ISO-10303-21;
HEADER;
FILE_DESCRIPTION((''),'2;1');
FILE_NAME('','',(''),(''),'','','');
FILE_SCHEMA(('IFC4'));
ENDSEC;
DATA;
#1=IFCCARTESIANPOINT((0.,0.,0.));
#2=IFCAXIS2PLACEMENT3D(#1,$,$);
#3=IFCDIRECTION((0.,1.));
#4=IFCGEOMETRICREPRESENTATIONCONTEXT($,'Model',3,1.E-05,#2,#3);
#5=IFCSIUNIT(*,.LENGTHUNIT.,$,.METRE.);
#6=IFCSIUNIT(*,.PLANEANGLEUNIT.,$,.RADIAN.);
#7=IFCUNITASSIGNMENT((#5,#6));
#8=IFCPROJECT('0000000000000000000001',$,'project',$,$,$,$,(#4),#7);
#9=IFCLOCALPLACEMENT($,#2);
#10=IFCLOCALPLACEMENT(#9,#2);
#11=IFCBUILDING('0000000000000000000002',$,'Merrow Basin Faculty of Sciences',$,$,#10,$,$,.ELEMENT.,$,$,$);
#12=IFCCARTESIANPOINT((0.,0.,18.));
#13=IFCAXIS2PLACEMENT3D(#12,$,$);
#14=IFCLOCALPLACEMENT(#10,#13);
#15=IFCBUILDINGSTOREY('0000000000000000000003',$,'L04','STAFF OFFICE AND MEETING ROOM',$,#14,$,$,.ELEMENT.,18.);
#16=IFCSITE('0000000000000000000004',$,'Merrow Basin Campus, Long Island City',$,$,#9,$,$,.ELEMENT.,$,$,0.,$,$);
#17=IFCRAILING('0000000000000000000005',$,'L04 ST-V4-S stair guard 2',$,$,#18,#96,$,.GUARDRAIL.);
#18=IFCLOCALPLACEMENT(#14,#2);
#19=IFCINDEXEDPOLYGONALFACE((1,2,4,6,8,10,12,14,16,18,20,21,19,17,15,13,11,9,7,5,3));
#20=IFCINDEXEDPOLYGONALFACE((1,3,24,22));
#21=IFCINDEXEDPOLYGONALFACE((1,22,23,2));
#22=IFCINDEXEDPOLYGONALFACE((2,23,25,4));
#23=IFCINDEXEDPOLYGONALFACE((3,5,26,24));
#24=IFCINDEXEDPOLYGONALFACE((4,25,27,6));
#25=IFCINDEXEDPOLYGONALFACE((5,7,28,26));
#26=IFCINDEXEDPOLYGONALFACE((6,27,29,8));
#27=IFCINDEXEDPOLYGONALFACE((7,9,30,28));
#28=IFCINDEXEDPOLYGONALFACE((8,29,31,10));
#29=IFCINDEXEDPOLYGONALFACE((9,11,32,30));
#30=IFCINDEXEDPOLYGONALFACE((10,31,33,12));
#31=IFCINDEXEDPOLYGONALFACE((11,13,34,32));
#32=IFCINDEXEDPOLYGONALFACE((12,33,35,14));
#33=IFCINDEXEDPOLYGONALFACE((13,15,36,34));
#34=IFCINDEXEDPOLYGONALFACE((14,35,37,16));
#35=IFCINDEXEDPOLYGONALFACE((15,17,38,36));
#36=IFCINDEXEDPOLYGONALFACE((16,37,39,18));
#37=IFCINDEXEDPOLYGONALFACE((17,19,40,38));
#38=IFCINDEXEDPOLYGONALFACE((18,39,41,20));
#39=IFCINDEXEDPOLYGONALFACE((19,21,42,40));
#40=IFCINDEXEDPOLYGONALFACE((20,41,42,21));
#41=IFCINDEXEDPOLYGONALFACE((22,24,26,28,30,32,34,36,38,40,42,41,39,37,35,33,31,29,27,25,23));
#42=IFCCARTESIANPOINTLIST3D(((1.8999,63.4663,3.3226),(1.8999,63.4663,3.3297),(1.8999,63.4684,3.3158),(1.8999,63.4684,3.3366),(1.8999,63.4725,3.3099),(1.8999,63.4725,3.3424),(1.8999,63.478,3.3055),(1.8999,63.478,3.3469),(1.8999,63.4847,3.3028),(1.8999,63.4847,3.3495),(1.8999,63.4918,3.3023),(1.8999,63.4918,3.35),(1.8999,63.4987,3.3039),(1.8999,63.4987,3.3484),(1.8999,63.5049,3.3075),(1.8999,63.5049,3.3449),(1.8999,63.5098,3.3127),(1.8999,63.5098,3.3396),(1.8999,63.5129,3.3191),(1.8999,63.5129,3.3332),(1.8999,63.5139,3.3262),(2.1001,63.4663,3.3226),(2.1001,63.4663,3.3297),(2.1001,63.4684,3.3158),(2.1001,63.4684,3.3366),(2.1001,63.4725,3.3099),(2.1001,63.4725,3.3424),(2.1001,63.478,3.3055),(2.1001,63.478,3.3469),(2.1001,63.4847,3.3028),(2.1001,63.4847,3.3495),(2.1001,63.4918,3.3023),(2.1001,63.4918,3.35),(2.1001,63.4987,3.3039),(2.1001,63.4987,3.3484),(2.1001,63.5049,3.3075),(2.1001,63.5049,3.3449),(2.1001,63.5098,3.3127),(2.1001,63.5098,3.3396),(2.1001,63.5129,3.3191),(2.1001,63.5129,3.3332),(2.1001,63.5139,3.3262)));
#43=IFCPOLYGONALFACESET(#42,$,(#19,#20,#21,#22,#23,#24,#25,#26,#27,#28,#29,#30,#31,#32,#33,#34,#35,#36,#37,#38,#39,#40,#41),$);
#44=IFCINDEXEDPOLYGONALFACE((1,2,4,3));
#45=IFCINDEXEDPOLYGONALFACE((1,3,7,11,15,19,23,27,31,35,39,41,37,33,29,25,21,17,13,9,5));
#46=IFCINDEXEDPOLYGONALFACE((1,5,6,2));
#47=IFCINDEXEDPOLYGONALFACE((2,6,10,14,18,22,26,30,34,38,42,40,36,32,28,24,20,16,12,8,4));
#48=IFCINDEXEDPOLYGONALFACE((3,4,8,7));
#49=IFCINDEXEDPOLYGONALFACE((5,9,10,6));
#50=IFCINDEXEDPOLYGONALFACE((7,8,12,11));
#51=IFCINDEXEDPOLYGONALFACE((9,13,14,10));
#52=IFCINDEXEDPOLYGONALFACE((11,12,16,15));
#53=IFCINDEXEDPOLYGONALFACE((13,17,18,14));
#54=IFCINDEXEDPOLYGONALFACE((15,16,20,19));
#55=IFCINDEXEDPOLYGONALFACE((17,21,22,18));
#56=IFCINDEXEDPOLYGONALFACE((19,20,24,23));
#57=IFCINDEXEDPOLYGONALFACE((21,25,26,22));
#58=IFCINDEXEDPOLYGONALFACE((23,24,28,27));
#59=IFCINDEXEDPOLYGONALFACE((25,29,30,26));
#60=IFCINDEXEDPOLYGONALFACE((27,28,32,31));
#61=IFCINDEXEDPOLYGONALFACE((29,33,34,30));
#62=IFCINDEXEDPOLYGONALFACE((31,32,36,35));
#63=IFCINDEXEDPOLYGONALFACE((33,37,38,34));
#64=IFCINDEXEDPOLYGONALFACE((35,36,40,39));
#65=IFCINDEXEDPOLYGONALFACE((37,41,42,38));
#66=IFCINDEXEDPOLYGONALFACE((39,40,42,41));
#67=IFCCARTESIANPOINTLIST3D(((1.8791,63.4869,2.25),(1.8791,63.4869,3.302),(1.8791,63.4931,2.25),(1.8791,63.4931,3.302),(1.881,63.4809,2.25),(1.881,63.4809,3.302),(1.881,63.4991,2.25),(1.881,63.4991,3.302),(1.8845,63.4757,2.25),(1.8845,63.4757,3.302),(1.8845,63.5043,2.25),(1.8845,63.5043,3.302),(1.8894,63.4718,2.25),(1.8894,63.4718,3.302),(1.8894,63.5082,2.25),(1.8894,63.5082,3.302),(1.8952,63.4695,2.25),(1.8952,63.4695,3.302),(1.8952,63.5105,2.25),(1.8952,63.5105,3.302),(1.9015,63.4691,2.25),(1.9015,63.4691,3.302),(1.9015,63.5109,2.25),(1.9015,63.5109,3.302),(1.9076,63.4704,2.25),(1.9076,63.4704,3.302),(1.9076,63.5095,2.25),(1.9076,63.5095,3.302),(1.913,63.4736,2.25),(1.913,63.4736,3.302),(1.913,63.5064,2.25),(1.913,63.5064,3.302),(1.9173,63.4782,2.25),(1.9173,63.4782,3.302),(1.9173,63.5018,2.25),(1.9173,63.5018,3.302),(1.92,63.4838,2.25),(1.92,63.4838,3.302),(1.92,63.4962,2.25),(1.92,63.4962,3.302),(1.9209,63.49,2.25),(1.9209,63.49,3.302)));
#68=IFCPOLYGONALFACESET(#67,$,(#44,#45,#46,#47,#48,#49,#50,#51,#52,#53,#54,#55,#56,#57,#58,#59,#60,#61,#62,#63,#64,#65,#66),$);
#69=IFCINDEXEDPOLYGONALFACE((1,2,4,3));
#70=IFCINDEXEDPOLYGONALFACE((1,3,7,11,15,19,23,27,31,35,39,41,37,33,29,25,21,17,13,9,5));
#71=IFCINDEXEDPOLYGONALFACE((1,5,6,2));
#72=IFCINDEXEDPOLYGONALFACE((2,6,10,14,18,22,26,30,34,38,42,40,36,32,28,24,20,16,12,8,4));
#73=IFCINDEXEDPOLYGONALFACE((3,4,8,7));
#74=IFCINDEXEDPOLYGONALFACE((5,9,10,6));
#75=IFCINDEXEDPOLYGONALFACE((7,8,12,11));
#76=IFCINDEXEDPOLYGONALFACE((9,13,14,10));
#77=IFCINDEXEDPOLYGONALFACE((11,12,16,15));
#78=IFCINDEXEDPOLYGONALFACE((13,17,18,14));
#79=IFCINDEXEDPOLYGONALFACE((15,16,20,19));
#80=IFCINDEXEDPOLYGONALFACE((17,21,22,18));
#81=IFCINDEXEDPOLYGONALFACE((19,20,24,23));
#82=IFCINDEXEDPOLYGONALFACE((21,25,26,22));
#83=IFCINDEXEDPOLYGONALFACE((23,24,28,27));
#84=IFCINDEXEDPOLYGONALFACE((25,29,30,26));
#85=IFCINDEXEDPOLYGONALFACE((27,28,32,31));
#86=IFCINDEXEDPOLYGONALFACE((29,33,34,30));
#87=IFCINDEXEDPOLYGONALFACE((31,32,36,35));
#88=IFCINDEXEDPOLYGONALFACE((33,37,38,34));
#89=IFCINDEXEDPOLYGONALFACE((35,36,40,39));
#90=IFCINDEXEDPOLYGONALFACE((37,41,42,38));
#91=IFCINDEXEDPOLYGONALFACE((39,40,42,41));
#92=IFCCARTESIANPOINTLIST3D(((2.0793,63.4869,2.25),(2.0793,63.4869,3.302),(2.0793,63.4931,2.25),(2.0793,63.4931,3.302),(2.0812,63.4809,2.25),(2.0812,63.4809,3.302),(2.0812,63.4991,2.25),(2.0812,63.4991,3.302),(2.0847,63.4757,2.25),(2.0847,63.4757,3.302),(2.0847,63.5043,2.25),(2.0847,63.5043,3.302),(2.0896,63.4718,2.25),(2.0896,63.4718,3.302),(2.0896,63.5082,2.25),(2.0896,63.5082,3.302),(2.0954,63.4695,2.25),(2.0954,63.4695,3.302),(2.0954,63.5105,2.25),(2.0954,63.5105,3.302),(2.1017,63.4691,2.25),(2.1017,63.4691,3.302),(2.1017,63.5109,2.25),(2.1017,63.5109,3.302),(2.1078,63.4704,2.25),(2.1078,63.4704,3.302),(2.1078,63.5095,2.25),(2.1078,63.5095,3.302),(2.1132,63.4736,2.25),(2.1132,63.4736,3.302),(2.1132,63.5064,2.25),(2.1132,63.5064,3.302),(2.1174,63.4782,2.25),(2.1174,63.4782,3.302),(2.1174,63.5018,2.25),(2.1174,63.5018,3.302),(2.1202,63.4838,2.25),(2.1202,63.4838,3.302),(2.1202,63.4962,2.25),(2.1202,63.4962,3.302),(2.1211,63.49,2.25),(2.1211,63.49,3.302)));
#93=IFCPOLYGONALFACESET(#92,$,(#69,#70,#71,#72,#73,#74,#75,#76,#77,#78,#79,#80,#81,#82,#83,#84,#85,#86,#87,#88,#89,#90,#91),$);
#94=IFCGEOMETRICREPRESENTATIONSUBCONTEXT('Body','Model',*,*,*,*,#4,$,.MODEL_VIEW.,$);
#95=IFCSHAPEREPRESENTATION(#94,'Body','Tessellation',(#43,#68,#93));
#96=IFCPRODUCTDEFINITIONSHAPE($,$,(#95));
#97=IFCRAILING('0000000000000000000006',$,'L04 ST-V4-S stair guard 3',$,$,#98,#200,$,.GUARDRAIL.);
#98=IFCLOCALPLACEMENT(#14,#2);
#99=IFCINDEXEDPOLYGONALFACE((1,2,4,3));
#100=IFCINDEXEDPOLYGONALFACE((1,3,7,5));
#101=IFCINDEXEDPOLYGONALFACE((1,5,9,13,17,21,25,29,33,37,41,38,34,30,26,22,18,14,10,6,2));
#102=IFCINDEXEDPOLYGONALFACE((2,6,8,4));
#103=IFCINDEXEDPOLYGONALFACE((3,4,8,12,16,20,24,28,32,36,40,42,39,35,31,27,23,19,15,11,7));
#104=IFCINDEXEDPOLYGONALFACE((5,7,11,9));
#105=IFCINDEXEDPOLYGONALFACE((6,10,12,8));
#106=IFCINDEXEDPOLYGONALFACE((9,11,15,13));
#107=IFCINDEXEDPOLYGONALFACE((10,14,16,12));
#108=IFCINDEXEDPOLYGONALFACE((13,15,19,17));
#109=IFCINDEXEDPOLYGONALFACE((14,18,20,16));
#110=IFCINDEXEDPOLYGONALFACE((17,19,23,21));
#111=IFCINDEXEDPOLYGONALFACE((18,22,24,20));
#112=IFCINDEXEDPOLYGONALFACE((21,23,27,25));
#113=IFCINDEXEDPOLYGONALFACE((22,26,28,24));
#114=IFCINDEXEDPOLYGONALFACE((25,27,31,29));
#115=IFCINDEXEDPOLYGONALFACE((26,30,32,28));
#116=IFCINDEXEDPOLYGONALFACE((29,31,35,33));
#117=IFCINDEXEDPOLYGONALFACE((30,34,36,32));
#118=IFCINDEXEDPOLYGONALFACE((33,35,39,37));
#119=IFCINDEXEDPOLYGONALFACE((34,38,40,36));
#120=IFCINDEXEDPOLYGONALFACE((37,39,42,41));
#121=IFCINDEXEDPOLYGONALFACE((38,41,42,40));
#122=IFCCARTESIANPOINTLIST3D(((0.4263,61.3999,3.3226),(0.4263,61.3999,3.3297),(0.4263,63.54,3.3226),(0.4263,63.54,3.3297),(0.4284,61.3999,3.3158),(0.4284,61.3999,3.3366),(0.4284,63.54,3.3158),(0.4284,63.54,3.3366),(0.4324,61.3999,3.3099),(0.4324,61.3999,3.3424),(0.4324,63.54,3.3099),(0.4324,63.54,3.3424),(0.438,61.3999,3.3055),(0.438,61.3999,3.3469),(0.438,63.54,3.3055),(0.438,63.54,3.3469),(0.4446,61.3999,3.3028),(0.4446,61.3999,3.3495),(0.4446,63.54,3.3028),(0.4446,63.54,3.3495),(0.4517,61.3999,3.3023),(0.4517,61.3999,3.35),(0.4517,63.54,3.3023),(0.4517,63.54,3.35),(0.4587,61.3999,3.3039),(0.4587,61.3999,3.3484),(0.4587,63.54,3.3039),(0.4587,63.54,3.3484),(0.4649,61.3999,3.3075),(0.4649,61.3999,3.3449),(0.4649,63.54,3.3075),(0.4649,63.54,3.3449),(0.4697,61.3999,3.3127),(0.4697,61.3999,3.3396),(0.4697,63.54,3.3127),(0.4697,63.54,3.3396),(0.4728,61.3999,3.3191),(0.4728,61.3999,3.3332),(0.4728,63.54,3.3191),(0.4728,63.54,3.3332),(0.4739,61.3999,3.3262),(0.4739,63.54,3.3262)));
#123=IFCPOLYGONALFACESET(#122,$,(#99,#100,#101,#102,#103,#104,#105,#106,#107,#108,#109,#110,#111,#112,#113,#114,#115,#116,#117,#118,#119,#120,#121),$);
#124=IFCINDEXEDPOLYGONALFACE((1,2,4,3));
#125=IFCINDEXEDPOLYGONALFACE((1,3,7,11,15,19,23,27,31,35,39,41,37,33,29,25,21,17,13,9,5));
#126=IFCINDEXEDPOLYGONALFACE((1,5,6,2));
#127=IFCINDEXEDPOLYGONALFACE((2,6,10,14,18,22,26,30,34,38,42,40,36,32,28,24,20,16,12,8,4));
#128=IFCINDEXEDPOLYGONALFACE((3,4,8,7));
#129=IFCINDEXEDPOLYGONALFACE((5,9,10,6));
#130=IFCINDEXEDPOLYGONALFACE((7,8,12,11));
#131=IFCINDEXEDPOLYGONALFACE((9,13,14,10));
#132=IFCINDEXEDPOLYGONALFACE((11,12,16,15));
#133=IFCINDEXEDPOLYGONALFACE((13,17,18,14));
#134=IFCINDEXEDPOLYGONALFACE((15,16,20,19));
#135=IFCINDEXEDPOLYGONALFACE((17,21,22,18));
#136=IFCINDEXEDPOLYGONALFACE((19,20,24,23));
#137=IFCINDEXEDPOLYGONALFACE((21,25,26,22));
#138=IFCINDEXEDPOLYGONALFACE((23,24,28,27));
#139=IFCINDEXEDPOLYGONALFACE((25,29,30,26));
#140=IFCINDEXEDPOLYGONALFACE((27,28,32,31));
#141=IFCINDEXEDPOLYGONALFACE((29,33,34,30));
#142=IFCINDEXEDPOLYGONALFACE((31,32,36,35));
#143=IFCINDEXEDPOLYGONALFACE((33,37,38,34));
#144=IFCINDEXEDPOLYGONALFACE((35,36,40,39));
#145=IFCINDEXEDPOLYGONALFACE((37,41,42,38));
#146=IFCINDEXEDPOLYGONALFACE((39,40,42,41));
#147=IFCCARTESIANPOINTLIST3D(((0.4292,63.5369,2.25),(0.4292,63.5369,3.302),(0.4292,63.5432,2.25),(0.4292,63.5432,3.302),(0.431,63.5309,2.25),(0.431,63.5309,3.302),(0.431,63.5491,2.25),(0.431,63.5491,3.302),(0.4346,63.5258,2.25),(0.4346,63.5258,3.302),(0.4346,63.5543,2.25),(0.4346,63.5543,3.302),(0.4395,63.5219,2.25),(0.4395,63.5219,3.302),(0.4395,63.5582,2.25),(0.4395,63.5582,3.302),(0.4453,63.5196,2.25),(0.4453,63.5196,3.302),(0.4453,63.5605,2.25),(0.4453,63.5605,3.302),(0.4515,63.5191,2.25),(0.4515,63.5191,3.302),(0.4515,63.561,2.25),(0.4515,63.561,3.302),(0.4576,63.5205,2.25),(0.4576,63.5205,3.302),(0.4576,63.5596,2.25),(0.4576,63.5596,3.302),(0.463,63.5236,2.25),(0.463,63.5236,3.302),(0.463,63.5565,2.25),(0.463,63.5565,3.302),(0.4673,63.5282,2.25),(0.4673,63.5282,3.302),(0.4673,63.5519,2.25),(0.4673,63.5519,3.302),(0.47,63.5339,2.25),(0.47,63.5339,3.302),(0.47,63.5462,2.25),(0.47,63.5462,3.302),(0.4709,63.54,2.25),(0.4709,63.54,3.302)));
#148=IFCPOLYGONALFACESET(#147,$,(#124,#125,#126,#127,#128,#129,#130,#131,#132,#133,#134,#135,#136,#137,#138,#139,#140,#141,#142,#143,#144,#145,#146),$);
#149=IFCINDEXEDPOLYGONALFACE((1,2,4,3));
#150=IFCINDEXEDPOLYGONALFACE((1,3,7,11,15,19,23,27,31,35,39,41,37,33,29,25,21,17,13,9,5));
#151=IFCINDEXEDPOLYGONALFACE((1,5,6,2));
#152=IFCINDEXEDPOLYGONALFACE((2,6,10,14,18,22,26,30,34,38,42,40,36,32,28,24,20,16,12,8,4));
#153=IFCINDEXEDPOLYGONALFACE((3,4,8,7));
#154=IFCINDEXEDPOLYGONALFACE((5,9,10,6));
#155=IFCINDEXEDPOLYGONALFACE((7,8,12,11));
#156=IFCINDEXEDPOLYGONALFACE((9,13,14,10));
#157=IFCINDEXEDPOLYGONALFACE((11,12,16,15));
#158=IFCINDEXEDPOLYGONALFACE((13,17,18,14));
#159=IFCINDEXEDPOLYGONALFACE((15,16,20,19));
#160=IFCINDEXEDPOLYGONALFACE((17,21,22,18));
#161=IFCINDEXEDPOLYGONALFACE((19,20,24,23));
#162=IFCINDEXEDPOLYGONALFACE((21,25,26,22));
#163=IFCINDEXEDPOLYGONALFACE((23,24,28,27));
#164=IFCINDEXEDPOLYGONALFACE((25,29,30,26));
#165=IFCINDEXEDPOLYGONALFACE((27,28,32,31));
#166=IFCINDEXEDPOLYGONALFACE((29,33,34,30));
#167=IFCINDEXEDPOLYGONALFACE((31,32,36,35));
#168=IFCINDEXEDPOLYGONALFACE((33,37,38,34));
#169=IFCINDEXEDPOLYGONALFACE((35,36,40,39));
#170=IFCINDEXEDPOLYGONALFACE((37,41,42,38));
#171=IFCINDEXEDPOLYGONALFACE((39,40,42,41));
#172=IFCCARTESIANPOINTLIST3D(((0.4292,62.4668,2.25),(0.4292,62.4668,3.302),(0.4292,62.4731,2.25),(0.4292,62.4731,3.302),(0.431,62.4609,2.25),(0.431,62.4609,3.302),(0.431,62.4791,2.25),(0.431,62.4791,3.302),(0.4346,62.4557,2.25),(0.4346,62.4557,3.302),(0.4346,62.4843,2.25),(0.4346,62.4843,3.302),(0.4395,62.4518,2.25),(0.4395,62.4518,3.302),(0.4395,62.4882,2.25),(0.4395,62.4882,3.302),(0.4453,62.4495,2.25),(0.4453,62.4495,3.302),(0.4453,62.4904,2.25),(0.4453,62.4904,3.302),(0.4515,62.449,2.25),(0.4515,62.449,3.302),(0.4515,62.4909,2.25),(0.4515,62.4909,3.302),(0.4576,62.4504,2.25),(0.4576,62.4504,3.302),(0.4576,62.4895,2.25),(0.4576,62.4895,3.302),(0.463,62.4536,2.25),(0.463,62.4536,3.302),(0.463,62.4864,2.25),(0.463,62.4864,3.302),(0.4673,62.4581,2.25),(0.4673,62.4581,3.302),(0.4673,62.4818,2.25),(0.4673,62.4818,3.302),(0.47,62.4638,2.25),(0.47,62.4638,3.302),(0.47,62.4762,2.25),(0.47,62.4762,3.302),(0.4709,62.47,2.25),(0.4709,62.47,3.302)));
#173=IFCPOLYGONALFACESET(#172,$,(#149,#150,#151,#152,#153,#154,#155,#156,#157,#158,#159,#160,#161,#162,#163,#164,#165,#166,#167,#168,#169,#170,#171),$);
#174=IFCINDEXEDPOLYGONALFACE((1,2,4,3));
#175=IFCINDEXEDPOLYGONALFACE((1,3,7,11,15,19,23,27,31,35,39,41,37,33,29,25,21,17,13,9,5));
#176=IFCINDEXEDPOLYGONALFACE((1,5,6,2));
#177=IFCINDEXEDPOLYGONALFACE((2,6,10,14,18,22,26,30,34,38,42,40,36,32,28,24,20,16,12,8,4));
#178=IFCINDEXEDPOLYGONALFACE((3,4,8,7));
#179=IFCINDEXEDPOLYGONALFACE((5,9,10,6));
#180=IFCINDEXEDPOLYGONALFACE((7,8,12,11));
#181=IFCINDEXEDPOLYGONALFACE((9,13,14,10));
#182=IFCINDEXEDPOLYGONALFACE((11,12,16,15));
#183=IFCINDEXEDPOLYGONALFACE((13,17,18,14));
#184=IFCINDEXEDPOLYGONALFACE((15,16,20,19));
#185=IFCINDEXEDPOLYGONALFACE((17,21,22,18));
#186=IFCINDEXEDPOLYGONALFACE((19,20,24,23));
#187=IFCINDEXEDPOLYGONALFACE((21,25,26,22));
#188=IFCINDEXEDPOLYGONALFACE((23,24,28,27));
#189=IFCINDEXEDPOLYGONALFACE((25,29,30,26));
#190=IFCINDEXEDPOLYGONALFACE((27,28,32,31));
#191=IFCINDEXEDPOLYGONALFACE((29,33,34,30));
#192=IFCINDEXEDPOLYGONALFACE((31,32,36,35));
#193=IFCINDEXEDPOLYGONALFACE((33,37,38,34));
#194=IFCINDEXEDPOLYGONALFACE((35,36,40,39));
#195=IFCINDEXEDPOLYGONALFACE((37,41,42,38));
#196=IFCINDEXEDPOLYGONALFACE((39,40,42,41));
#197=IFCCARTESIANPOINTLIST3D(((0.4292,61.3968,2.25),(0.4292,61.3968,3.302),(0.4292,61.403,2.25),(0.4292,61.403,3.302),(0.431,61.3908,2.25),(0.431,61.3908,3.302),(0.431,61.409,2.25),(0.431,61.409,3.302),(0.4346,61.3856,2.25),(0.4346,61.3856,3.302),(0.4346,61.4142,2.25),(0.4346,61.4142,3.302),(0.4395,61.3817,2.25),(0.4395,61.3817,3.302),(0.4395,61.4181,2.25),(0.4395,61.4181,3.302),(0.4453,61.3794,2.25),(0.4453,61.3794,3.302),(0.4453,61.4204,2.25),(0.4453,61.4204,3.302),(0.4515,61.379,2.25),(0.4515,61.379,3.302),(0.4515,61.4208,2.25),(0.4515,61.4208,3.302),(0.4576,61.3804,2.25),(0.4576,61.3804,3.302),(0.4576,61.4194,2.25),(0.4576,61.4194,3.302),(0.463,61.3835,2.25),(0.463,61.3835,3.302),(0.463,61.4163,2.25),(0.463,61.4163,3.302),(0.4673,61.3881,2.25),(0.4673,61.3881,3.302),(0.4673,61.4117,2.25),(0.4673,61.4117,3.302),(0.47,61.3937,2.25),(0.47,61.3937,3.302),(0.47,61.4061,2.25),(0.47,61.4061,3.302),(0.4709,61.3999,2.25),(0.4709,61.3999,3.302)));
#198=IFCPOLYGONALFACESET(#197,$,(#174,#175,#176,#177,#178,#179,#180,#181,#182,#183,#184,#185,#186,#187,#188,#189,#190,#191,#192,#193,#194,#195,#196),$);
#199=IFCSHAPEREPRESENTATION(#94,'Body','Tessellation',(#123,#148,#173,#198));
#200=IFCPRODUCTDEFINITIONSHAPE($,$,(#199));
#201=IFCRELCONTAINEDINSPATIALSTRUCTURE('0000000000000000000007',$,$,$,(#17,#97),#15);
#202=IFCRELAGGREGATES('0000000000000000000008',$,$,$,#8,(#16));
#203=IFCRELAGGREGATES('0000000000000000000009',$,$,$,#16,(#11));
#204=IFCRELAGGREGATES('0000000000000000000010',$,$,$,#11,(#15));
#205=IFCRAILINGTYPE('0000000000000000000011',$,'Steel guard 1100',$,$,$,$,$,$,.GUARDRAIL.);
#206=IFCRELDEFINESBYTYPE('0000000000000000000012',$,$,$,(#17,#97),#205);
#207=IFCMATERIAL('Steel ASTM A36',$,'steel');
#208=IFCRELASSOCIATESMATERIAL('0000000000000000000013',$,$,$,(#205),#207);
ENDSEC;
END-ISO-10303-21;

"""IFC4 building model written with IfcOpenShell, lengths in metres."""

from ifc_helpers import new_model, si_unit, direction, frame, origin, origin_2d, place, context, subcontext, project, spatial, circle, extrude, material, type_object, element, save


model = new_model("IFC4")

# Units and contexts
model_context = context("Model", 3, precision=1e-05, world=origin(), true_north=direction((0.0, 1.0)))
body_context = subcontext(model_context, "Body", "Model", "MODEL_VIEW")
ifc_project = project(units=[si_unit("LENGTHUNIT", "METRE"), si_unit("PLANEANGLEUNIT", "RADIAN")], contexts=[model_context])

# Site, building, storey
site_placement = place(None, origin())
site = spatial("IfcSite", under=ifc_project, at=site_placement, Name="Merrow Basin Campus, Long Island City", CompositionType="ELEMENT", RefElevation=0.0)
building_placement = place(site_placement, origin())
building = spatial("IfcBuilding", under=site, at=building_placement, Name="Merrow Basin Faculty of Sciences", CompositionType="ELEMENT")
storey_placement = place(building_placement, frame((0.0, 0.0, 18.0)))
storey = spatial("IfcBuildingStorey", under=building, at=storey_placement, Name="L04", Description="STAFF OFFICE AND MEETING ROOM", CompositionType="ELEMENT", Elevation=18.0)

# Railings
ifc_material_1 = material(Name="Steel ASTM A36", Category="steel")
railing_type_1 = type_object("IfcRailingType", Name="Steel guard 1100", PredefinedType="GUARDRAIL", material=ifc_material_1)
railing_1_placement = place(storey_placement, frame((1.8999, 63.49, 2.25)))
element("IfcRailing", 1, at=railing_1_placement, inside=storey, type_object=railing_type_1, Name="L04 ST-V4-S stair guard 2", PredefinedType="GUARDRAIL", context=body_context, shape_type="SweptSolid", body=[
    extrude(circle(Radius=0.0239, at=origin_2d()), frame((0.0, 0.0, 1.0762), z_axis=(1.0, 0.0, 0.0), x_axis=(0.0, 1.0, 0.0)), (0.0, 0.0, 1.0), 0.2002),
    extrude(circle(Radius=0.021, at=origin_2d()), origin(), (0.0, 0.0, 1.0), 1.052),
    extrude(circle(Radius=0.021, at=origin_2d()), frame((0.2002, 0.0, 0.0)), (0.0, 0.0, 1.0), 1.052),
])
railing_2_placement = place(storey_placement, frame((0.45, 63.54, 2.25)))
element("IfcRailing", 2, at=railing_2_placement, inside=storey, type_object=railing_type_1, Name="L04 ST-V4-S stair guard 3", PredefinedType="GUARDRAIL", context=body_context, shape_type="SweptSolid", body=[
    extrude(circle(Radius=0.0239, at=origin_2d()), frame((0.0, 0.0, 1.0762), z_axis=(0.0, -1.0, 0.0), x_axis=(1.0, 0.0, 0.0)), (0.0, 0.0, 1.0), 2.1401),
    extrude(circle(Radius=0.021, at=origin_2d()), origin(), (0.0, 0.0, 1.0), 1.052),
    extrude(circle(Radius=0.021, at=origin_2d()), frame((0.0, -1.0701, 0.0)), (0.0, 0.0, 1.0), 1.052),
    extrude(circle(Radius=0.021, at=origin_2d()), frame((0.0, -2.1401, 0.0)), (0.0, 0.0, 1.0), 1.052),
])

save(model, "model.ifc")
